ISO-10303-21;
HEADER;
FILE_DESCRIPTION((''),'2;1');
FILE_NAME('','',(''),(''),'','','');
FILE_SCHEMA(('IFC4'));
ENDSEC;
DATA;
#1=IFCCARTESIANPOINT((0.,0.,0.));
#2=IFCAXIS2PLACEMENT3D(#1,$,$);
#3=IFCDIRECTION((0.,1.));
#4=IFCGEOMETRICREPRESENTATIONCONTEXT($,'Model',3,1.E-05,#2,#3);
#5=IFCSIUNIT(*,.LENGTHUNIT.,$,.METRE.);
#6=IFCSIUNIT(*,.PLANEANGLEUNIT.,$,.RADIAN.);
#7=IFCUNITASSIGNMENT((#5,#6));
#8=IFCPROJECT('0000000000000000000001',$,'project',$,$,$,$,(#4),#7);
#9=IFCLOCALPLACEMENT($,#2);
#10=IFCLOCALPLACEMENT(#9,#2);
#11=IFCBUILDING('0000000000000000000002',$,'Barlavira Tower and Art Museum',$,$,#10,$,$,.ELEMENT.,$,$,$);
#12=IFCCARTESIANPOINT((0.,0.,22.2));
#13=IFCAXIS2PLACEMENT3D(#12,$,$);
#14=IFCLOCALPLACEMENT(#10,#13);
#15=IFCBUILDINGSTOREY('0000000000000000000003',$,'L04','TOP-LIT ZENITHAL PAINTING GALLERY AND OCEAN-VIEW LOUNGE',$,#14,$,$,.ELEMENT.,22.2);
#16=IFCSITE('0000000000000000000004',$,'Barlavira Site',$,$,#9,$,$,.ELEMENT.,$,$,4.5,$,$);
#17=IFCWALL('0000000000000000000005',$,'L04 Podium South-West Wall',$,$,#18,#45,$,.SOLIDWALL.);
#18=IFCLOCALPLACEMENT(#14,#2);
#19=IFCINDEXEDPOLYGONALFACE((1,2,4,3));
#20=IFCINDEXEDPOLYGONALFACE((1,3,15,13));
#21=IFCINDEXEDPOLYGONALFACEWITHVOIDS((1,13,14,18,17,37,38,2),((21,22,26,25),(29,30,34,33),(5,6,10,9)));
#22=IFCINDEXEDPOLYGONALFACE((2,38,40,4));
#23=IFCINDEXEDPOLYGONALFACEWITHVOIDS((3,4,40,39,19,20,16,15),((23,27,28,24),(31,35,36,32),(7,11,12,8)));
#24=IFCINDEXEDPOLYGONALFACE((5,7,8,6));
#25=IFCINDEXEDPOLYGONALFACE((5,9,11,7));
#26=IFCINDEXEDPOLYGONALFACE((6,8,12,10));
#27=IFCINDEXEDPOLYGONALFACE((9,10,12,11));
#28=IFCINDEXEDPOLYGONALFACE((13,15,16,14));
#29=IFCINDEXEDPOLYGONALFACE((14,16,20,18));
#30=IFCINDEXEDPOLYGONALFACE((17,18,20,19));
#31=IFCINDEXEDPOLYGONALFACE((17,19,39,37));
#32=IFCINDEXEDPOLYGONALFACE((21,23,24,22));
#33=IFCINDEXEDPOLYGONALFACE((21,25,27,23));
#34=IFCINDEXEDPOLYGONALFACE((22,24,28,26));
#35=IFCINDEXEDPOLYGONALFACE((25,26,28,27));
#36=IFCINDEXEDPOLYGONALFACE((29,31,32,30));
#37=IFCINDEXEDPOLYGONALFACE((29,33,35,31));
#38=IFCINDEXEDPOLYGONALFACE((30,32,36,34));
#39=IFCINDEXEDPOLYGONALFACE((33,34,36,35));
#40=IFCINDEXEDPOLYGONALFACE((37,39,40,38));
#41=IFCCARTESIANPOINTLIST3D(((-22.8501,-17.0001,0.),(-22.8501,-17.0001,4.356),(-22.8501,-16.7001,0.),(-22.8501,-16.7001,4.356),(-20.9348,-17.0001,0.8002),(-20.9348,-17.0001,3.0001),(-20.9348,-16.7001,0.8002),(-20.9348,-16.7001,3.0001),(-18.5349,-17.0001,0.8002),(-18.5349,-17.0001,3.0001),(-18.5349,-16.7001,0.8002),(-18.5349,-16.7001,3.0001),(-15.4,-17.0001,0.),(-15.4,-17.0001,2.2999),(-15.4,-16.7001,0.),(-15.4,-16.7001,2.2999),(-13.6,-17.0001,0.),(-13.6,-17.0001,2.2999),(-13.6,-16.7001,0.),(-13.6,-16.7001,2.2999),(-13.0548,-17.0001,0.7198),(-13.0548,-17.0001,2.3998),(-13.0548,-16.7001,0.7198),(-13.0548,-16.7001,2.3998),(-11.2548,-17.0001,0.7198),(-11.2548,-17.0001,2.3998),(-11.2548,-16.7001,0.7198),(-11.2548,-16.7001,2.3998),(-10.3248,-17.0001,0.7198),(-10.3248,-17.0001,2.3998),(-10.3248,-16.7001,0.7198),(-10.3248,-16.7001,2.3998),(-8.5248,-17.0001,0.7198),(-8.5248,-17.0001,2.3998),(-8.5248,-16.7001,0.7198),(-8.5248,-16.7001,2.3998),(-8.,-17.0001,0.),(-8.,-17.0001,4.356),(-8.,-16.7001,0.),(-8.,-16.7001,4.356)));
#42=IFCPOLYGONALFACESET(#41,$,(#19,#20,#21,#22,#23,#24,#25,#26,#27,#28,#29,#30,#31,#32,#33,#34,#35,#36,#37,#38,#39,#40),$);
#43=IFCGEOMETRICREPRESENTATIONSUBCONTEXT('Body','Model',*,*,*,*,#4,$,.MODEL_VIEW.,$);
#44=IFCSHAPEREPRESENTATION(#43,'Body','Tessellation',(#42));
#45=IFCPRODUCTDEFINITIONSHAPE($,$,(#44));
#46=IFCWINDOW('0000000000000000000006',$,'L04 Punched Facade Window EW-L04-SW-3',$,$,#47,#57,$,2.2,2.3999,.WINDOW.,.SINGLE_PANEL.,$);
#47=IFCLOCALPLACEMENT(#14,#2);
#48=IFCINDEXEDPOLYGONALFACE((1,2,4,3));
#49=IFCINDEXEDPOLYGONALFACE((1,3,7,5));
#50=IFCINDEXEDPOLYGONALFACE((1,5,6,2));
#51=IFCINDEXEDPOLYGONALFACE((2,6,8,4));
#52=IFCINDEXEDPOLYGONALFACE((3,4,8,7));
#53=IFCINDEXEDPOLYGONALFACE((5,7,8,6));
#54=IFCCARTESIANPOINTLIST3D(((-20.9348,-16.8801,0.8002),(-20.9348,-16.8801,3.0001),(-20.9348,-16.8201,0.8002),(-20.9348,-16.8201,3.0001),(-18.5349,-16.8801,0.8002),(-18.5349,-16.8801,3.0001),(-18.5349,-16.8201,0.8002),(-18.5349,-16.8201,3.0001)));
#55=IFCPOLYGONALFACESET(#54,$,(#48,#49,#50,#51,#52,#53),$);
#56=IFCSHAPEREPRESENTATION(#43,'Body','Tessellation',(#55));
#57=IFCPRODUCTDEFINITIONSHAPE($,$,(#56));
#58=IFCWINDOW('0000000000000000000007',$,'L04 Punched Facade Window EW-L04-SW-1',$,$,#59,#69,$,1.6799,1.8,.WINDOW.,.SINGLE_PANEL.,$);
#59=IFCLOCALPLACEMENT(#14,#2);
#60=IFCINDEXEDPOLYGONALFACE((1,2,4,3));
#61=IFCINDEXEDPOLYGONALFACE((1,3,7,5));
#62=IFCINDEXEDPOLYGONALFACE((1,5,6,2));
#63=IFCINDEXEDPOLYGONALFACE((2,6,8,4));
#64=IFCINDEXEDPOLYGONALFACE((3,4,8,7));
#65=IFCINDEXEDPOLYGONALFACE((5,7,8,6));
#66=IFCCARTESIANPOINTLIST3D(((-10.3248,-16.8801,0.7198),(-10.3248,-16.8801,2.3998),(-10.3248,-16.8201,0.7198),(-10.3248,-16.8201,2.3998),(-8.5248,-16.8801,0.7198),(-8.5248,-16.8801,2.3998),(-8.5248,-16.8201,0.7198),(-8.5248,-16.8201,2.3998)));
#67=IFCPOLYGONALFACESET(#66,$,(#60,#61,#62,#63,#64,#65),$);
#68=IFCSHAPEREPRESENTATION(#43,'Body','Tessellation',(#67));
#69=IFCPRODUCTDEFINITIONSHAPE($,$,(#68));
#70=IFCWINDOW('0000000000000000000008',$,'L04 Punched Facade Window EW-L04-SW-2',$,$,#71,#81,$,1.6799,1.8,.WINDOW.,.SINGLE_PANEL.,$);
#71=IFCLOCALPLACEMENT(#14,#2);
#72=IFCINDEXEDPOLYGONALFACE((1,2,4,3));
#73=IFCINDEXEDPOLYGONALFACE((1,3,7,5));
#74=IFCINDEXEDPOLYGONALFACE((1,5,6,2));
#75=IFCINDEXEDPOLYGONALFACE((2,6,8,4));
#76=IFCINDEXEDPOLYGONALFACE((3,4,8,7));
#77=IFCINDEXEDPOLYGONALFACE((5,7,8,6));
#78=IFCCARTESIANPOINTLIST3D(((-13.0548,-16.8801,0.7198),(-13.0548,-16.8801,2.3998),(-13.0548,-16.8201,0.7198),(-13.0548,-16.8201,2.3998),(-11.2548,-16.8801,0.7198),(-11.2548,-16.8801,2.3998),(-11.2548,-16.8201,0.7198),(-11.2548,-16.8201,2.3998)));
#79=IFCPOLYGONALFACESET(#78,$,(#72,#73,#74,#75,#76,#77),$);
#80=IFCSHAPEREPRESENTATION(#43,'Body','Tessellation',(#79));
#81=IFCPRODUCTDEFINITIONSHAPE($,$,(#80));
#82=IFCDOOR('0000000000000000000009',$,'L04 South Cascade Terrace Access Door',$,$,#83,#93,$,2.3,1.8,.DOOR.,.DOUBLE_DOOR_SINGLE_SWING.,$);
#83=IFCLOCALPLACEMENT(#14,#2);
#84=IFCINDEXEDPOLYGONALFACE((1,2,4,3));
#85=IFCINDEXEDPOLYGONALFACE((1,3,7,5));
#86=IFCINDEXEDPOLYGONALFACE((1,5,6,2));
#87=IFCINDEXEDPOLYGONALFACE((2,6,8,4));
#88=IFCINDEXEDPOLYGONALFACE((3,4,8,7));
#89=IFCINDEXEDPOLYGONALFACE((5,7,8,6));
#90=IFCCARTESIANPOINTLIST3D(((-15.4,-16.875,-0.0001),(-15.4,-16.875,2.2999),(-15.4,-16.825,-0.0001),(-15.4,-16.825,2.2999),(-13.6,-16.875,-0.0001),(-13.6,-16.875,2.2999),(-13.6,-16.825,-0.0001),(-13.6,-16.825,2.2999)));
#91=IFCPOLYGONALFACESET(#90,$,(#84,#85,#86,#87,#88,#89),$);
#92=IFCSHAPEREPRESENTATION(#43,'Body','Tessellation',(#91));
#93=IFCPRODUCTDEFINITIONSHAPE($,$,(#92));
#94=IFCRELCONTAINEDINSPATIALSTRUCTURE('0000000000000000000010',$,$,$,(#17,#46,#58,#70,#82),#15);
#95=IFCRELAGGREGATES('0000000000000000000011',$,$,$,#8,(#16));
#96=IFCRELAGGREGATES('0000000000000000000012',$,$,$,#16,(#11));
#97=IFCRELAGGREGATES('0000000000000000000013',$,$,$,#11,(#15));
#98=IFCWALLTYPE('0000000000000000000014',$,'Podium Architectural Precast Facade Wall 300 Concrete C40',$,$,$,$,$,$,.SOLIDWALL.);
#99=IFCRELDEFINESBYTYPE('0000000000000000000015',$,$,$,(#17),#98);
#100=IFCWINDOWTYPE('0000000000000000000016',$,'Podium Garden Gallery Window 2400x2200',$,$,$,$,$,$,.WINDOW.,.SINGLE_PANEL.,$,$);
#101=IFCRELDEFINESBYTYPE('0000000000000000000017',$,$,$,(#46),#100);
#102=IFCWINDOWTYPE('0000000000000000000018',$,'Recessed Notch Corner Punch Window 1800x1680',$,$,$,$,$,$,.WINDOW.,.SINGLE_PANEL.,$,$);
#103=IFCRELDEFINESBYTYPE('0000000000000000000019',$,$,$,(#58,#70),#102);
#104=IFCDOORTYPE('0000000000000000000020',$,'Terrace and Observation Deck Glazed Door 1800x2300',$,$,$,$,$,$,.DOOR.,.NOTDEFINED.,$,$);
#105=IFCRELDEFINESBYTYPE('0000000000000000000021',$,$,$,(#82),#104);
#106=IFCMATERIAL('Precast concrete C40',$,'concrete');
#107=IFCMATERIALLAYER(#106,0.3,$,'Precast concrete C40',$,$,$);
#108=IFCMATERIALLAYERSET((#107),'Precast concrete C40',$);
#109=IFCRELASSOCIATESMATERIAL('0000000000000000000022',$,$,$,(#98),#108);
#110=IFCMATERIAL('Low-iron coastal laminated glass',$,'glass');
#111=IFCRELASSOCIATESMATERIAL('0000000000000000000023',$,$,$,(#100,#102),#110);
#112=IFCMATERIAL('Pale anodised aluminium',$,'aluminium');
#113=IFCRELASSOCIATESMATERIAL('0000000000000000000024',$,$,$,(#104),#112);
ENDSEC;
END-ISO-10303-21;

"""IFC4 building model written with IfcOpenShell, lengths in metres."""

from ifc_helpers import new_model, si_unit, direction, frame, frame_2d, origin, place, context, subcontext, project, spatial, rectangle, extrude, material, layer, layer_set, type_object, element, fill, save


model = new_model("IFC4")

# Units and contexts
model_context = context("Model", 3, precision=1e-05, world=origin(), true_north=direction((0.0, 1.0)))
body_context = subcontext(model_context, "Body", "Model", "MODEL_VIEW")
ifc_project = project(units=[si_unit("LENGTHUNIT", "METRE"), si_unit("PLANEANGLEUNIT", "RADIAN")], contexts=[model_context])

# Site, building, storey
site_placement = place(None, origin())
site = spatial("IfcSite", under=ifc_project, at=site_placement, Name="Barlavira Site", CompositionType="ELEMENT", RefElevation=4.5)
building_placement = place(site_placement, origin())
building = spatial("IfcBuilding", under=site, at=building_placement, Name="Barlavira Tower and Art Museum", CompositionType="ELEMENT")
storey_placement = place(building_placement, frame((0.0, 0.0, 22.2)))
storey = spatial("IfcBuildingStorey", under=building, at=storey_placement, Name="L04", Description="TOP-LIT ZENITHAL PAINTING GALLERY AND OCEAN-VIEW LOUNGE", CompositionType="ELEMENT", Elevation=22.2)

# Shared definitions
ifc_material_1 = material(Name="Low-iron coastal laminated glass", Category="glass")
ifc_material_2 = material(Name="Pale anodised aluminium", Category="aluminium")

# Wall, openings, windows, door
ifc_material_3 = material(Name="Precast concrete C40", Category="concrete")
ifc_layer_1 = layer(ifc_material_3, 0.3, Name="Precast concrete C40")
ifc_layer_set_1 = layer_set([ifc_layer_1], Name="Precast concrete C40")
wall_type_1 = type_object("IfcWallType", Name="Podium Architectural Precast Facade Wall 300 Concrete C40", PredefinedType="SOLIDWALL", material=ifc_layer_set_1)
wall_1_placement = place(storey_placement, frame((-8.0, -16.8501, 0.0), z_axis=(0.0, 0.0, 1.0), x_axis=(-1.0, 0.0, 0.0)))
wall_1 = element("IfcWall", 1, at=wall_1_placement, inside=storey, type_object=wall_type_1, Name="L04 Podium South-West Wall", PredefinedType="SOLIDWALL", context=body_context, shape_type="SweptSolid", body=[
    extrude(rectangle(XDim=14.8501, YDim=0.3, at=frame_2d((7.425, 0.0))), origin(), (0.0, 0.0, 1.0), 4.356),
])
opening_1_placement = place(wall_1_placement, frame((5.6001, 0.0, 0.0)))
opening_1 = element("IfcOpeningElement", 2, at=opening_1_placement, cuts=wall_1, PredefinedType="OPENING", context=body_context, shape_type="SweptSolid", body=[
    extrude(rectangle(XDim=1.8, YDim=2.3, at=frame_2d((0.8999, 1.1499))), frame((0.0, 0.1602, 0.0), z_axis=(0.0, -1.0, 0.0), x_axis=(1.0, 0.0, 0.0)), (0.0, 0.0, 1.0), 0.3201),
])
opening_2_placement = place(wall_1_placement, frame((0.5249, 0.0, 0.72)))
opening_2 = element("IfcOpeningElement", 3, at=opening_2_placement, cuts=wall_1, PredefinedType="OPENING", context=body_context, shape_type="SweptSolid", body=[
    extrude(rectangle(XDim=1.8, YDim=1.6799, at=frame_2d((0.8999, 0.8398))), frame((0.0, 0.1602, 0.0), z_axis=(0.0, -1.0, 0.0), x_axis=(1.0, 0.0, 0.0)), (0.0, 0.0, 1.0), 0.3201),
])
opening_3_placement = place(wall_1_placement, frame((3.2549, 0.0, 0.72)))
opening_3 = element("IfcOpeningElement", 4, at=opening_3_placement, cuts=wall_1, PredefinedType="OPENING", context=body_context, shape_type="SweptSolid", body=[
    extrude(rectangle(XDim=1.8, YDim=1.6799, at=frame_2d((0.8999, 0.8398))), frame((0.0, 0.1602, 0.0), z_axis=(0.0, -1.0, 0.0), x_axis=(1.0, 0.0, 0.0)), (0.0, 0.0, 1.0), 0.3201),
])
opening_4_placement = place(wall_1_placement, frame((10.5349, 0.0, 0.8)))
opening_4 = element("IfcOpeningElement", 5, at=opening_4_placement, cuts=wall_1, PredefinedType="OPENING", context=body_context, shape_type="SweptSolid", body=[
    extrude(rectangle(XDim=2.3999, YDim=2.2, at=frame_2d((1.2, 1.1001))), frame((0.0, 0.1602, 0.0), z_axis=(0.0, -1.0, 0.0), x_axis=(1.0, 0.0, 0.0)), (0.0, 0.0, 1.0), 0.3201),
])
window_type_1 = type_object("IfcWindowType", Name="Podium Garden Gallery Window 2400x2200", PartitioningType="SINGLE_PANEL", PredefinedType="WINDOW", material=ifc_material_1)
window_1_placement = place(opening_4_placement, origin())
window_1 = element("IfcWindow", 6, at=window_1_placement, inside=storey, type_object=window_type_1, Name="L04 Punched Facade Window EW-L04-SW-3", OverallHeight=2.2, OverallWidth=2.3999, PartitioningType="SINGLE_PANEL", PredefinedType="WINDOW", context=body_context, shape_type="SweptSolid", body=[
    extrude(rectangle(XDim=2.3999, YDim=2.2, at=frame_2d((1.2, 1.1001))), frame((0.0, 0.03, 0.0), z_axis=(0.0, -1.0, 0.0), x_axis=(1.0, 0.0, 0.0)), (0.0, 0.0, 1.0), 0.0601),
])
fill(opening_4, window_1)
window_type_2 = type_object("IfcWindowType", Name="Recessed Notch Corner Punch Window 1800x1680", PartitioningType="SINGLE_PANEL", PredefinedType="WINDOW", material=ifc_material_1)
window_2_placement = place(opening_2_placement, origin())
window_2 = element("IfcWindow", 7, at=window_2_placement, inside=storey, type_object=window_type_2, Name="L04 Punched Facade Window EW-L04-SW-1", OverallHeight=1.6799, OverallWidth=1.8, PartitioningType="SINGLE_PANEL", PredefinedType="WINDOW", context=body_context, shape_type="SweptSolid", body=[
    extrude(rectangle(XDim=1.8, YDim=1.6799, at=frame_2d((0.8999, 0.8398))), frame((0.0, 0.03, 0.0), z_axis=(0.0, -1.0, 0.0), x_axis=(1.0, 0.0, 0.0)), (0.0, 0.0, 1.0), 0.0601),
])
fill(opening_2, window_2)
window_3_placement = place(opening_3_placement, origin())
window_3 = element("IfcWindow", 8, at=window_3_placement, inside=storey, type_object=window_type_2, Name="L04 Punched Facade Window EW-L04-SW-2", OverallHeight=1.6799, OverallWidth=1.8, PartitioningType="SINGLE_PANEL", PredefinedType="WINDOW", context=body_context, shape_type="SweptSolid", body=[
    extrude(rectangle(XDim=1.8, YDim=1.6799, at=frame_2d((0.8999, 0.8398))), frame((0.0, 0.03, 0.0), z_axis=(0.0, -1.0, 0.0), x_axis=(1.0, 0.0, 0.0)), (0.0, 0.0, 1.0), 0.0601),
])
fill(opening_3, window_3)
door_type_1 = type_object("IfcDoorType", Name="Terrace and Observation Deck Glazed Door 1800x2300", OperationType="NOTDEFINED", PredefinedType="DOOR", material=ifc_material_2)
door_1_placement = place(opening_1_placement, origin())
door_1 = element("IfcDoor", 9, at=door_1_placement, inside=storey, type_object=door_type_1, Name="L04 South Cascade Terrace Access Door", OperationType="DOUBLE_DOOR_SINGLE_SWING", OverallHeight=2.3, OverallWidth=1.8, PredefinedType="DOOR", context=body_context, shape_type="SweptSolid", body=[
    extrude(rectangle(XDim=1.8, YDim=2.3, at=frame_2d((0.8999, 1.1499))), frame((0.0, 0.0249, 0.0), z_axis=(0.0, -1.0, 0.0), x_axis=(1.0, 0.0, 0.0)), (0.0, 0.0, 1.0), 0.05),
])
fill(opening_1, door_1)

save(model, "model.ifc")
